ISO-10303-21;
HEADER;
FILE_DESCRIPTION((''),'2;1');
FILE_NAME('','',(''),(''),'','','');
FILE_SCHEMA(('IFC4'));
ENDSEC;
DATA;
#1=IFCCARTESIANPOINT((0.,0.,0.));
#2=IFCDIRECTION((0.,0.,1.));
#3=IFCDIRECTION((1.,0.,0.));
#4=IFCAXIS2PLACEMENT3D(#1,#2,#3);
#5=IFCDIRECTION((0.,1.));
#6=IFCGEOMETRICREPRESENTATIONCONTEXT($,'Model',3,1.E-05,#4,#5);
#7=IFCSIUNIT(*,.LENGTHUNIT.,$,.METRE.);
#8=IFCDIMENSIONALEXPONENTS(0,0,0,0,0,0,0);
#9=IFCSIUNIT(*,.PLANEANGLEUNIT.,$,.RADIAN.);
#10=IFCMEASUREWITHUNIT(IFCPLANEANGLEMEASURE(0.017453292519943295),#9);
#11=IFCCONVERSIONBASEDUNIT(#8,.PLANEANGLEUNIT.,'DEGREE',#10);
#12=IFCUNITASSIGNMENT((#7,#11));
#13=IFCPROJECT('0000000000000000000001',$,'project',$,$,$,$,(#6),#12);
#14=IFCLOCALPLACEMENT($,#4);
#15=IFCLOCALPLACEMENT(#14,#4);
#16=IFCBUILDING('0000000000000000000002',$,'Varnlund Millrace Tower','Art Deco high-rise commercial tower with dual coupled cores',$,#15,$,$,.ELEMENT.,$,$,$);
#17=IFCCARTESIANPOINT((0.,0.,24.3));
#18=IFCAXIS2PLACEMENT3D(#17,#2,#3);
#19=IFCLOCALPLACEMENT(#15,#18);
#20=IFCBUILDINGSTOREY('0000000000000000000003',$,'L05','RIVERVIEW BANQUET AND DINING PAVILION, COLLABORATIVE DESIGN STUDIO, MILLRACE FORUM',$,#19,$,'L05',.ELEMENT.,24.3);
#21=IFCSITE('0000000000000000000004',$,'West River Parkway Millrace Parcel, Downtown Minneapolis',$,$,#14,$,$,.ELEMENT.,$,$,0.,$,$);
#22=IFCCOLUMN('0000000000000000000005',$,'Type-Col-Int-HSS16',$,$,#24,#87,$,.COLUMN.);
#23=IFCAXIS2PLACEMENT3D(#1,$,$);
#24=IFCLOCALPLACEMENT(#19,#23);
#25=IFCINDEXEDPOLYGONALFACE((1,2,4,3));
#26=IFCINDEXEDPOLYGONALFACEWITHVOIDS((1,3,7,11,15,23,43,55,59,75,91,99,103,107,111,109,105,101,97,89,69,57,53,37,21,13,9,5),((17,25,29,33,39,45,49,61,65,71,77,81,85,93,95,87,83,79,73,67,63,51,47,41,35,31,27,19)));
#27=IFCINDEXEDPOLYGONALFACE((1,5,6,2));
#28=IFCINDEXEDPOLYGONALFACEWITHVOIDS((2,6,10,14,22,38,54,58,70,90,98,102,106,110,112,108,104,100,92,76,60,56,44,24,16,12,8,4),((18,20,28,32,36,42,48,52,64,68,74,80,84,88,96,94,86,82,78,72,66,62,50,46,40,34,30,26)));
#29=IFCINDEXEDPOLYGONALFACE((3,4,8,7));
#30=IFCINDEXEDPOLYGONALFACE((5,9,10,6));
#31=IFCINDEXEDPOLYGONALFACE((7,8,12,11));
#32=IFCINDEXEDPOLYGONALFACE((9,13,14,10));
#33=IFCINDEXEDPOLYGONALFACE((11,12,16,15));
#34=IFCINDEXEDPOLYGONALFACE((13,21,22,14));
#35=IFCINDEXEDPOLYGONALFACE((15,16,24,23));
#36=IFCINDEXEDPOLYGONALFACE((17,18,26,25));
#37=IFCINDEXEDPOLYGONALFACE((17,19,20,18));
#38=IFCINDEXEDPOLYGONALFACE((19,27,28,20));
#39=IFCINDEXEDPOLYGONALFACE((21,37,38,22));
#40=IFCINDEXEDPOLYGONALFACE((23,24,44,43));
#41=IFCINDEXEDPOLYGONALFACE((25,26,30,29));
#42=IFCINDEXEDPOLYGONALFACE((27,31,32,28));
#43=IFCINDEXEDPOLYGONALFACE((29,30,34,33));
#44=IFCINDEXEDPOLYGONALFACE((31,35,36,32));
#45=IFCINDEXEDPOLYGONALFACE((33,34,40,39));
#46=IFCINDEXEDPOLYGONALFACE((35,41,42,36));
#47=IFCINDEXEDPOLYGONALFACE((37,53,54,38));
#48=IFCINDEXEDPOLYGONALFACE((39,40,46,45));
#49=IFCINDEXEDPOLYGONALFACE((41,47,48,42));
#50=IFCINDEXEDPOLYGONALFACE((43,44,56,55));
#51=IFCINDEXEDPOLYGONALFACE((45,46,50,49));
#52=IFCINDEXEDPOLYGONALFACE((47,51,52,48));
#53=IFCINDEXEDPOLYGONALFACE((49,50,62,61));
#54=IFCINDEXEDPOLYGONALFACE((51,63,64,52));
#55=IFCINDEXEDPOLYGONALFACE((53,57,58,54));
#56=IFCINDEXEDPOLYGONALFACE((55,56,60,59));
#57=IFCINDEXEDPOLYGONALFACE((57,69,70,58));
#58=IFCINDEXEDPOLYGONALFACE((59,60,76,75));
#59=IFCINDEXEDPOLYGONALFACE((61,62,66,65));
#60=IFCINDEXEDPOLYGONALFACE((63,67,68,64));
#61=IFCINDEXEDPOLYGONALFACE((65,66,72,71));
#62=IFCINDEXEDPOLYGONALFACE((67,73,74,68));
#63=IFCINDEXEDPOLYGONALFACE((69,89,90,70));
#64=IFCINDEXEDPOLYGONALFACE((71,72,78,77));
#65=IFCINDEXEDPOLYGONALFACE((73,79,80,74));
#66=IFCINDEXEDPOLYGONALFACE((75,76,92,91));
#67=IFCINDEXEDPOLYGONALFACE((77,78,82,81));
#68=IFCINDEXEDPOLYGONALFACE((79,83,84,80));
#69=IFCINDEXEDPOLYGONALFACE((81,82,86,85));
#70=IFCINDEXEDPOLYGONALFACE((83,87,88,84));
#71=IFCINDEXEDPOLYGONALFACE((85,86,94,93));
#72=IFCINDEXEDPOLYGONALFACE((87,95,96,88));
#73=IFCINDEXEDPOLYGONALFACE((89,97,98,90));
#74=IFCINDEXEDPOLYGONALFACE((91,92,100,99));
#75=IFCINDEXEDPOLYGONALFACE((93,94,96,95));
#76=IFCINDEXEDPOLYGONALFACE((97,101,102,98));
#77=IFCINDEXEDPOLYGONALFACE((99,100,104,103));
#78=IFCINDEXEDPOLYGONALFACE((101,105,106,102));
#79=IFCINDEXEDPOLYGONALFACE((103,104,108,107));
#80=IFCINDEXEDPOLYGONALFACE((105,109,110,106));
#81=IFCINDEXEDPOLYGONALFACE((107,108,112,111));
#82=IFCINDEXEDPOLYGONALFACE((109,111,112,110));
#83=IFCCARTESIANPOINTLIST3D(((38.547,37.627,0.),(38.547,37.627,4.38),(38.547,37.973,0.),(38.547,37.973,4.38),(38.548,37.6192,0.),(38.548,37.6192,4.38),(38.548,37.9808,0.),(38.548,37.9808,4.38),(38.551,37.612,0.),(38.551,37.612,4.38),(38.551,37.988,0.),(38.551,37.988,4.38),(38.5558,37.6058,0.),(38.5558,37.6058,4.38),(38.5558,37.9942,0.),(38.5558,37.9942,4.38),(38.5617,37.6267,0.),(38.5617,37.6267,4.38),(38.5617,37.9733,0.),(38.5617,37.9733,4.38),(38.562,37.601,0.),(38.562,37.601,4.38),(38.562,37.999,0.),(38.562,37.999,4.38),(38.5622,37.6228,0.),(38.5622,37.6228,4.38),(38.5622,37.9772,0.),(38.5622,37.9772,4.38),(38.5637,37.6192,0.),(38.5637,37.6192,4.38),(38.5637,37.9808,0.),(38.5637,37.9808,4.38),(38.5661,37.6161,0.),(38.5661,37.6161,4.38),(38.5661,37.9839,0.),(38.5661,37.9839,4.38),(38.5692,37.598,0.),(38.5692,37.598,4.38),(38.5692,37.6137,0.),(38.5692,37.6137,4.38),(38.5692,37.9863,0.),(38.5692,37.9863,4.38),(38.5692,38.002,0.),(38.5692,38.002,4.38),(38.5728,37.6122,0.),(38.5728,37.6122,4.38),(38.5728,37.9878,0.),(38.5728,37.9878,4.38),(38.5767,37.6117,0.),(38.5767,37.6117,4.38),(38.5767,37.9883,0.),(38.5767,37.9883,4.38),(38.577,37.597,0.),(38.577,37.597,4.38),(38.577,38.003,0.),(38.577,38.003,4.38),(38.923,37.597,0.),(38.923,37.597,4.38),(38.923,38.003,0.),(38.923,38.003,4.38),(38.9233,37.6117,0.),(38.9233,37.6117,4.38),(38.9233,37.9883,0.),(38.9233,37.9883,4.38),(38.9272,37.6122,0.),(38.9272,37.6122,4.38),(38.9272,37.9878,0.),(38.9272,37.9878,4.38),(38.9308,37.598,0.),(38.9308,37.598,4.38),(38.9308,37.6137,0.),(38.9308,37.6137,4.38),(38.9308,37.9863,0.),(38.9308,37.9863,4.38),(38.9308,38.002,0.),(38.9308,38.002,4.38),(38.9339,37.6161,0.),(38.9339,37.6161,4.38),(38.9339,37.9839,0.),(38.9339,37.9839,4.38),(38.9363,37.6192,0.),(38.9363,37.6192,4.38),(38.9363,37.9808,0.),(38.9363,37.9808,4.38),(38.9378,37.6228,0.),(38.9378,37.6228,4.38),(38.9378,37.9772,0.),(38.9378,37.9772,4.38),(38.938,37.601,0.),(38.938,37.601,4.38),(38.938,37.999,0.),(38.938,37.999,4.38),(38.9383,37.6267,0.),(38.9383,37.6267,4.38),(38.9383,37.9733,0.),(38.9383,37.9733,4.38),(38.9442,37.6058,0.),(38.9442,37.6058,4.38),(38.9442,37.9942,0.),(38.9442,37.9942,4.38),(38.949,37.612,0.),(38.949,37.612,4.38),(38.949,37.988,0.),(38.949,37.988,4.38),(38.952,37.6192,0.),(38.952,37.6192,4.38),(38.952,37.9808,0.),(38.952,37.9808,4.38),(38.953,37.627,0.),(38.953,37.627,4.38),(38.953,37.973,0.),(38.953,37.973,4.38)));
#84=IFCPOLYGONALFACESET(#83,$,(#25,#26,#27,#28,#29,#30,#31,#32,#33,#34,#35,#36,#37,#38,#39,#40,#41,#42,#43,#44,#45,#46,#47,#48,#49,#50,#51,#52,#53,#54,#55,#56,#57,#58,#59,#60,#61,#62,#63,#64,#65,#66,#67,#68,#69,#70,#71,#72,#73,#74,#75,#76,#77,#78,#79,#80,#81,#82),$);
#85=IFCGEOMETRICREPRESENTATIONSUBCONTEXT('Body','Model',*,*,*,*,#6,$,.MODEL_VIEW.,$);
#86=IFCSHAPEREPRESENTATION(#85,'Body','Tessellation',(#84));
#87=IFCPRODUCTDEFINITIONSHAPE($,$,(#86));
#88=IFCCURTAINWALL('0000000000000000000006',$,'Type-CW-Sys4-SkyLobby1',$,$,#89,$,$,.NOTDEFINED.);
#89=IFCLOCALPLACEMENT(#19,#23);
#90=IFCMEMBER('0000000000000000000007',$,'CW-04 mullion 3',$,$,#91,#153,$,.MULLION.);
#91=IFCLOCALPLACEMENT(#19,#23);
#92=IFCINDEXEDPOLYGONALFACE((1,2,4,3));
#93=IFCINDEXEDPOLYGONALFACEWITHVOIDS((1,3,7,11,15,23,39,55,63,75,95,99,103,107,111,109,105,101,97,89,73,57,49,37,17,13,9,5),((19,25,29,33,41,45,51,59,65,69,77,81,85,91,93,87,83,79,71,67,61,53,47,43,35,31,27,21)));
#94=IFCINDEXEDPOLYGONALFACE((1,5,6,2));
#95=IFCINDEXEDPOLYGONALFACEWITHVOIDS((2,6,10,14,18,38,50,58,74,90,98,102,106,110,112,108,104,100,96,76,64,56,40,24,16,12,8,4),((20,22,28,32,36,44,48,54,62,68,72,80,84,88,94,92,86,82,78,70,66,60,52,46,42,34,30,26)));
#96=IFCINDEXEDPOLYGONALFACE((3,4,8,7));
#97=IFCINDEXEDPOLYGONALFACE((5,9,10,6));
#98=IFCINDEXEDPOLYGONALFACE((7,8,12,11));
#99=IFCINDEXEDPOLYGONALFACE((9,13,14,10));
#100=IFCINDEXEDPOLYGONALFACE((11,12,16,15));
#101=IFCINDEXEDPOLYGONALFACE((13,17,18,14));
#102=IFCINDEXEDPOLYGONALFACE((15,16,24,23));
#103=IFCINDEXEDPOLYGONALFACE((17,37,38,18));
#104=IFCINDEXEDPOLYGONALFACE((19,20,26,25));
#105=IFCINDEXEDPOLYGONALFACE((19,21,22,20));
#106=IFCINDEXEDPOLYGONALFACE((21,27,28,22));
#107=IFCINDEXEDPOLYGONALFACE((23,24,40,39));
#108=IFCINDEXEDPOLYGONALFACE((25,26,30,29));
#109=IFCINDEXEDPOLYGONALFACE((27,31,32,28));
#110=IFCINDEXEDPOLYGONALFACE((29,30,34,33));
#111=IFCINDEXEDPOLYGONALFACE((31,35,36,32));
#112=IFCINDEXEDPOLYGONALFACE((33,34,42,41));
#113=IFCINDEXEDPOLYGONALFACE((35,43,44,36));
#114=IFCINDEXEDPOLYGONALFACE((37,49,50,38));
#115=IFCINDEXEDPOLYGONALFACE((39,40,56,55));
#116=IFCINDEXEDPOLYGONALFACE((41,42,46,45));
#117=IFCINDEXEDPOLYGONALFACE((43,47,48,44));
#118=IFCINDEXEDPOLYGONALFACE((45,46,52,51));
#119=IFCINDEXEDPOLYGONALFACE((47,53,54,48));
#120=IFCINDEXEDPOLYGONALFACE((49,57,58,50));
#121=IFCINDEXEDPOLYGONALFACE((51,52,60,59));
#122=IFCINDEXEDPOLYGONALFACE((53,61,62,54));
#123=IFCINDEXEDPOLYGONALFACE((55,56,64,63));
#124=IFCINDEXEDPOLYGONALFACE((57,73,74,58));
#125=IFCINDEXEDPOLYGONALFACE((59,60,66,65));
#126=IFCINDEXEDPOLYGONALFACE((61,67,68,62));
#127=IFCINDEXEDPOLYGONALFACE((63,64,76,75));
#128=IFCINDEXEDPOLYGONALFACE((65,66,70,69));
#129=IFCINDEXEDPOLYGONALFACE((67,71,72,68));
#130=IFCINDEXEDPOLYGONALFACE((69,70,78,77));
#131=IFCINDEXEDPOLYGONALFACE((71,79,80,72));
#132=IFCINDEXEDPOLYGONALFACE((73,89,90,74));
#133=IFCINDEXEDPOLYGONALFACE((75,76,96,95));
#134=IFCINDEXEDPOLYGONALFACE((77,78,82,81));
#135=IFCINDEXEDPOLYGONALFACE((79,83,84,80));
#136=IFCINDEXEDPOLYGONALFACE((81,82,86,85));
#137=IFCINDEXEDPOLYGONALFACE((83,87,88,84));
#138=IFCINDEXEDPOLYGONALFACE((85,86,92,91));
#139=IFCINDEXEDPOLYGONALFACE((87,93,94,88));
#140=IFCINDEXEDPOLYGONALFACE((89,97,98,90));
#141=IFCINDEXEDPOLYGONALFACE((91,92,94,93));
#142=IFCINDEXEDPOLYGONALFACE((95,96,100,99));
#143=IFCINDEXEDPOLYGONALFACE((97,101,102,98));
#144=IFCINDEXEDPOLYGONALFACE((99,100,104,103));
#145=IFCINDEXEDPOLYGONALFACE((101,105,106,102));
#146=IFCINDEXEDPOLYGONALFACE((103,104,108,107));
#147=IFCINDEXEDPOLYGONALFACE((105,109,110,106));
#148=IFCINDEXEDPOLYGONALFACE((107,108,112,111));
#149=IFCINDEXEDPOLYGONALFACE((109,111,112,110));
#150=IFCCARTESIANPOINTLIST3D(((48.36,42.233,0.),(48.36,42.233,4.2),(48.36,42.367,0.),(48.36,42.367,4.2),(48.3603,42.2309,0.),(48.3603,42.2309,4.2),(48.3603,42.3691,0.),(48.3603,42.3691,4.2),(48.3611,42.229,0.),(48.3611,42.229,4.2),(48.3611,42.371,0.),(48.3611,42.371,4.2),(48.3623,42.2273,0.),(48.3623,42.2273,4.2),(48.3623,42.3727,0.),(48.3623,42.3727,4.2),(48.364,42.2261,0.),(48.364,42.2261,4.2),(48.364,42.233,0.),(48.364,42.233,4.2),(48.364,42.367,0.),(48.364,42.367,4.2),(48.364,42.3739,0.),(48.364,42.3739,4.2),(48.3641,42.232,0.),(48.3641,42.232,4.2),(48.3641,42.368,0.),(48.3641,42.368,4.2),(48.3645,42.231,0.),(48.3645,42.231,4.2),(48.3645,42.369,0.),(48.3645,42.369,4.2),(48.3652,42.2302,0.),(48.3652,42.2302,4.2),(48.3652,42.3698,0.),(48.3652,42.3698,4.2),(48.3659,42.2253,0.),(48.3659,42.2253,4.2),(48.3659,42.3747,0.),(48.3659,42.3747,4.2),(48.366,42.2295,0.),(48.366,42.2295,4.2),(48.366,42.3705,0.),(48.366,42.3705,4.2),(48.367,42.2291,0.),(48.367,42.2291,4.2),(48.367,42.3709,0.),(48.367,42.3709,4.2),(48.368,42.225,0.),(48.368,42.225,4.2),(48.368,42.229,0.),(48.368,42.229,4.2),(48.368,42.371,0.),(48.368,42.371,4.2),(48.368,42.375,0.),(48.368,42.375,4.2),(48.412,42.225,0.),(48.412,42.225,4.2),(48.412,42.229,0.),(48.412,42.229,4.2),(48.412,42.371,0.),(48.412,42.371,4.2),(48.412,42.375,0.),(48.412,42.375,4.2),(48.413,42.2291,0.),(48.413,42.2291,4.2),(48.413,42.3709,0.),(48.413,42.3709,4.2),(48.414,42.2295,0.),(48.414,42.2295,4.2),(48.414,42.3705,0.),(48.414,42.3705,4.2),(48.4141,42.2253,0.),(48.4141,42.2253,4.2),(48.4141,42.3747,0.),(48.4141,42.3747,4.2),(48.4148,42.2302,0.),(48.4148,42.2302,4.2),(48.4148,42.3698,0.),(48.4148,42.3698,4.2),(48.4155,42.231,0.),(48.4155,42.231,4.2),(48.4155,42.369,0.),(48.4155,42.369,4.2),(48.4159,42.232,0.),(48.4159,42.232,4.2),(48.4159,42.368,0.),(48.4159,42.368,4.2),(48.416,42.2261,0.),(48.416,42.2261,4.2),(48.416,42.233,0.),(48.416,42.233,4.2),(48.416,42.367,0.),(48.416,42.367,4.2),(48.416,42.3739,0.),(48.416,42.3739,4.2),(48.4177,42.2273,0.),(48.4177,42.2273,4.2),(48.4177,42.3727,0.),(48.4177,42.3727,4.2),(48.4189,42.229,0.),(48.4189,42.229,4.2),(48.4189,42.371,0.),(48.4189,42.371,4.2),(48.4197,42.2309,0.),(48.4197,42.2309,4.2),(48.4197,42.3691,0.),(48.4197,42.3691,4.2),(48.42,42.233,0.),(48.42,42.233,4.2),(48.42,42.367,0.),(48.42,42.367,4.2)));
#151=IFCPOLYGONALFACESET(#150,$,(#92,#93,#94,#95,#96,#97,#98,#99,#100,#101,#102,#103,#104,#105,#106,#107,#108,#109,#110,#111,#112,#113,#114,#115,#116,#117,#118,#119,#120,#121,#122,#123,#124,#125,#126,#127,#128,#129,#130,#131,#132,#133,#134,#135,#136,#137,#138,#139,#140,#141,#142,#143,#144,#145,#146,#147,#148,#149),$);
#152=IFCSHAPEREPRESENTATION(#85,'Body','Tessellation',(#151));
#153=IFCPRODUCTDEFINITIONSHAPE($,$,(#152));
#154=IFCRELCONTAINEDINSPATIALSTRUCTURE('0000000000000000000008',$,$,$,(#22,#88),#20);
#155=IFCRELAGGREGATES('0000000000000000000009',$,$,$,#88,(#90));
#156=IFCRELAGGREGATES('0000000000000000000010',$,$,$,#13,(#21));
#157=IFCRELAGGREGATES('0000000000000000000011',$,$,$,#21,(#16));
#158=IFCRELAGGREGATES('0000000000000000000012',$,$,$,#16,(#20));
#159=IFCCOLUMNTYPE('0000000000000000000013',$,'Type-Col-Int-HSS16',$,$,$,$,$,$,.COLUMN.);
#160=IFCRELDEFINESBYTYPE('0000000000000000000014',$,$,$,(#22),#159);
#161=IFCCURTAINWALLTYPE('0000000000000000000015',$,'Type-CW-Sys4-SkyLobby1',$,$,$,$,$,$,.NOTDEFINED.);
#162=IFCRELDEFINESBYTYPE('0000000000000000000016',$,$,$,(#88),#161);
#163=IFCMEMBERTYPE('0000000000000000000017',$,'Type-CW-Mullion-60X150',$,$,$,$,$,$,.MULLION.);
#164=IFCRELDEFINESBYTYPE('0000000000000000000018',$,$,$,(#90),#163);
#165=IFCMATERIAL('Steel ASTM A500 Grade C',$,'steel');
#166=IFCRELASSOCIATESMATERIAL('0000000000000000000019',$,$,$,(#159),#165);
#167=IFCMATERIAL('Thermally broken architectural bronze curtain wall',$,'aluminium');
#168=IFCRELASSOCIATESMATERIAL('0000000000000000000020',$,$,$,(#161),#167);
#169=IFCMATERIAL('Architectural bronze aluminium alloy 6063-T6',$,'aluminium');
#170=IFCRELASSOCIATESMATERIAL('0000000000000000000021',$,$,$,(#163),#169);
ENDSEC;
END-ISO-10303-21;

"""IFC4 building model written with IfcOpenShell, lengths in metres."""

from ifc_helpers import new_model, entity, si_unit, converted_unit, direction, frame, origin_with_axes, origin_2d_with_axis, place, context, subcontext, project, spatial, hollow_rectangle, extrude, material, material_profile, profile_set, type_object, element, aggregate, save


model = new_model("IFC4")

# Units and contexts
model_context = context("Model", 3, precision=1e-05, world=origin_with_axes(), true_north=direction((0.0, 1.0)))
body_context = subcontext(model_context, "Body", "Model", "MODEL_VIEW")
ifc_project = project(units=[si_unit("LENGTHUNIT", "METRE"), converted_unit("PLANEANGLEUNIT", "DEGREE", entity("IfcPlaneAngleMeasure", 0.017453292519943295), si_unit("PLANEANGLEUNIT", "RADIAN"), dimensions=[0, 0, 0, 0, 0, 0, 0])], contexts=[model_context])

# Site, building, storey
site_placement = place(None, origin_with_axes())
site = spatial("IfcSite", under=ifc_project, at=site_placement, Name="West River Parkway Millrace Parcel, Downtown Minneapolis", CompositionType="ELEMENT", RefElevation=0.0)
building_placement = place(site_placement, origin_with_axes())
building = spatial("IfcBuilding", under=site, at=building_placement, Name="Varnlund Millrace Tower", Description="Art Deco high-rise commercial tower with dual coupled cores", CompositionType="ELEMENT")
storey_placement = place(building_placement, frame((0.0, 0.0, 24.3), z_axis=(0.0, 0.0, 1.0), x_axis=(1.0, 0.0, 0.0)))
storey = spatial("IfcBuildingStorey", under=building, at=storey_placement, Name="L05", Description="RIVERVIEW BANQUET AND DINING PAVILION, COLLABORATIVE DESIGN STUDIO, MILLRACE FORUM", LongName="L05", CompositionType="ELEMENT", Elevation=24.3)

# Column
ifc_material_1 = material(Name="Steel ASTM A500 Grade C", Category="steel")
ifc_material_profile_1 = material_profile(ifc_material_1, hollow_rectangle(XDim=0.406, YDim=0.406, WallThickness=0.0147, InnerFilletRadius=0.015, OuterFilletRadius=0.03, at=origin_2d_with_axis()), Name="Steel ASTM A500 Grade C")
ifc_profile_set_1 = profile_set([ifc_material_profile_1], Name="Steel ASTM A500 Grade C")
column_type = type_object("IfcColumnType", Name="Type-Col-Int-HSS16", PredefinedType="COLUMN", material=ifc_profile_set_1)
column_placement = place(storey_placement, frame((38.75, 37.8, 0.0), z_axis=(0.0, 0.0, 1.0), x_axis=(1.0, 0.0, 0.0)))
element("IfcColumn", 1, at=column_placement, inside=storey, type_object=column_type, Name="Type-Col-Int-HSS16", PredefinedType="COLUMN", context=body_context, shape_type="SweptSolid", body=[
    extrude(hollow_rectangle(XDim=0.406, YDim=0.406, WallThickness=0.0147, InnerFilletRadius=0.015, OuterFilletRadius=0.03, at=origin_2d_with_axis()), origin_with_axes(), (0.0, 0.0, 1.0), 4.38),
])

# Curtain wall, member
ifc_material_2 = material(Name="Thermally broken architectural bronze curtain wall", Category="aluminium")
curtain_wall_type = type_object("IfcCurtainWallType", Name="Type-CW-Sys4-SkyLobby1", PredefinedType="NOTDEFINED", material=ifc_material_2)
curtain_wall_placement = place(storey_placement, frame((48.39, 45.3, 0.0), z_axis=(0.0, 0.0, 1.0), x_axis=(1.0, 0.0, 0.0)))
curtain_wall = element("IfcCurtainWall", 2, at=curtain_wall_placement, inside=storey, type_object=curtain_wall_type, Name="Type-CW-Sys4-SkyLobby1", PredefinedType="NOTDEFINED")
ifc_material_3 = material(Name="Architectural bronze aluminium alloy 6063-T6", Category="aluminium")
ifc_material_profile_2 = material_profile(ifc_material_3, hollow_rectangle(XDim=0.06, YDim=0.15, WallThickness=0.004, InnerFilletRadius=0.004, OuterFilletRadius=0.008, at=origin_2d_with_axis()), Name="Architectural bronze aluminium alloy 6063-T6")
ifc_profile_set_2 = profile_set([ifc_material_profile_2], Name="Architectural bronze aluminium alloy 6063-T6")
member_type_1 = type_object("IfcMemberType", Name="Type-CW-Mullion-60X150", PredefinedType="MULLION", material=ifc_profile_set_2)
member_1_placement = place(storey_placement, frame((48.39, 42.3, 0.0), z_axis=(0.0, 0.0, 1.0), x_axis=(1.0, 0.0, 0.0)))
member_1 = element("IfcMember", 3, at=member_1_placement, type_object=member_type_1, Name="CW-04 mullion 3", PredefinedType="MULLION", context=body_context, shape_type="SweptSolid", body=[
    extrude(hollow_rectangle(XDim=0.06, YDim=0.15, WallThickness=0.004, InnerFilletRadius=0.004, OuterFilletRadius=0.008, at=origin_2d_with_axis()), origin_with_axes(), (0.0, 0.0, 1.0), 4.2),
])
aggregate(curtain_wall, [member_1])

save(model, "model.ifc")
